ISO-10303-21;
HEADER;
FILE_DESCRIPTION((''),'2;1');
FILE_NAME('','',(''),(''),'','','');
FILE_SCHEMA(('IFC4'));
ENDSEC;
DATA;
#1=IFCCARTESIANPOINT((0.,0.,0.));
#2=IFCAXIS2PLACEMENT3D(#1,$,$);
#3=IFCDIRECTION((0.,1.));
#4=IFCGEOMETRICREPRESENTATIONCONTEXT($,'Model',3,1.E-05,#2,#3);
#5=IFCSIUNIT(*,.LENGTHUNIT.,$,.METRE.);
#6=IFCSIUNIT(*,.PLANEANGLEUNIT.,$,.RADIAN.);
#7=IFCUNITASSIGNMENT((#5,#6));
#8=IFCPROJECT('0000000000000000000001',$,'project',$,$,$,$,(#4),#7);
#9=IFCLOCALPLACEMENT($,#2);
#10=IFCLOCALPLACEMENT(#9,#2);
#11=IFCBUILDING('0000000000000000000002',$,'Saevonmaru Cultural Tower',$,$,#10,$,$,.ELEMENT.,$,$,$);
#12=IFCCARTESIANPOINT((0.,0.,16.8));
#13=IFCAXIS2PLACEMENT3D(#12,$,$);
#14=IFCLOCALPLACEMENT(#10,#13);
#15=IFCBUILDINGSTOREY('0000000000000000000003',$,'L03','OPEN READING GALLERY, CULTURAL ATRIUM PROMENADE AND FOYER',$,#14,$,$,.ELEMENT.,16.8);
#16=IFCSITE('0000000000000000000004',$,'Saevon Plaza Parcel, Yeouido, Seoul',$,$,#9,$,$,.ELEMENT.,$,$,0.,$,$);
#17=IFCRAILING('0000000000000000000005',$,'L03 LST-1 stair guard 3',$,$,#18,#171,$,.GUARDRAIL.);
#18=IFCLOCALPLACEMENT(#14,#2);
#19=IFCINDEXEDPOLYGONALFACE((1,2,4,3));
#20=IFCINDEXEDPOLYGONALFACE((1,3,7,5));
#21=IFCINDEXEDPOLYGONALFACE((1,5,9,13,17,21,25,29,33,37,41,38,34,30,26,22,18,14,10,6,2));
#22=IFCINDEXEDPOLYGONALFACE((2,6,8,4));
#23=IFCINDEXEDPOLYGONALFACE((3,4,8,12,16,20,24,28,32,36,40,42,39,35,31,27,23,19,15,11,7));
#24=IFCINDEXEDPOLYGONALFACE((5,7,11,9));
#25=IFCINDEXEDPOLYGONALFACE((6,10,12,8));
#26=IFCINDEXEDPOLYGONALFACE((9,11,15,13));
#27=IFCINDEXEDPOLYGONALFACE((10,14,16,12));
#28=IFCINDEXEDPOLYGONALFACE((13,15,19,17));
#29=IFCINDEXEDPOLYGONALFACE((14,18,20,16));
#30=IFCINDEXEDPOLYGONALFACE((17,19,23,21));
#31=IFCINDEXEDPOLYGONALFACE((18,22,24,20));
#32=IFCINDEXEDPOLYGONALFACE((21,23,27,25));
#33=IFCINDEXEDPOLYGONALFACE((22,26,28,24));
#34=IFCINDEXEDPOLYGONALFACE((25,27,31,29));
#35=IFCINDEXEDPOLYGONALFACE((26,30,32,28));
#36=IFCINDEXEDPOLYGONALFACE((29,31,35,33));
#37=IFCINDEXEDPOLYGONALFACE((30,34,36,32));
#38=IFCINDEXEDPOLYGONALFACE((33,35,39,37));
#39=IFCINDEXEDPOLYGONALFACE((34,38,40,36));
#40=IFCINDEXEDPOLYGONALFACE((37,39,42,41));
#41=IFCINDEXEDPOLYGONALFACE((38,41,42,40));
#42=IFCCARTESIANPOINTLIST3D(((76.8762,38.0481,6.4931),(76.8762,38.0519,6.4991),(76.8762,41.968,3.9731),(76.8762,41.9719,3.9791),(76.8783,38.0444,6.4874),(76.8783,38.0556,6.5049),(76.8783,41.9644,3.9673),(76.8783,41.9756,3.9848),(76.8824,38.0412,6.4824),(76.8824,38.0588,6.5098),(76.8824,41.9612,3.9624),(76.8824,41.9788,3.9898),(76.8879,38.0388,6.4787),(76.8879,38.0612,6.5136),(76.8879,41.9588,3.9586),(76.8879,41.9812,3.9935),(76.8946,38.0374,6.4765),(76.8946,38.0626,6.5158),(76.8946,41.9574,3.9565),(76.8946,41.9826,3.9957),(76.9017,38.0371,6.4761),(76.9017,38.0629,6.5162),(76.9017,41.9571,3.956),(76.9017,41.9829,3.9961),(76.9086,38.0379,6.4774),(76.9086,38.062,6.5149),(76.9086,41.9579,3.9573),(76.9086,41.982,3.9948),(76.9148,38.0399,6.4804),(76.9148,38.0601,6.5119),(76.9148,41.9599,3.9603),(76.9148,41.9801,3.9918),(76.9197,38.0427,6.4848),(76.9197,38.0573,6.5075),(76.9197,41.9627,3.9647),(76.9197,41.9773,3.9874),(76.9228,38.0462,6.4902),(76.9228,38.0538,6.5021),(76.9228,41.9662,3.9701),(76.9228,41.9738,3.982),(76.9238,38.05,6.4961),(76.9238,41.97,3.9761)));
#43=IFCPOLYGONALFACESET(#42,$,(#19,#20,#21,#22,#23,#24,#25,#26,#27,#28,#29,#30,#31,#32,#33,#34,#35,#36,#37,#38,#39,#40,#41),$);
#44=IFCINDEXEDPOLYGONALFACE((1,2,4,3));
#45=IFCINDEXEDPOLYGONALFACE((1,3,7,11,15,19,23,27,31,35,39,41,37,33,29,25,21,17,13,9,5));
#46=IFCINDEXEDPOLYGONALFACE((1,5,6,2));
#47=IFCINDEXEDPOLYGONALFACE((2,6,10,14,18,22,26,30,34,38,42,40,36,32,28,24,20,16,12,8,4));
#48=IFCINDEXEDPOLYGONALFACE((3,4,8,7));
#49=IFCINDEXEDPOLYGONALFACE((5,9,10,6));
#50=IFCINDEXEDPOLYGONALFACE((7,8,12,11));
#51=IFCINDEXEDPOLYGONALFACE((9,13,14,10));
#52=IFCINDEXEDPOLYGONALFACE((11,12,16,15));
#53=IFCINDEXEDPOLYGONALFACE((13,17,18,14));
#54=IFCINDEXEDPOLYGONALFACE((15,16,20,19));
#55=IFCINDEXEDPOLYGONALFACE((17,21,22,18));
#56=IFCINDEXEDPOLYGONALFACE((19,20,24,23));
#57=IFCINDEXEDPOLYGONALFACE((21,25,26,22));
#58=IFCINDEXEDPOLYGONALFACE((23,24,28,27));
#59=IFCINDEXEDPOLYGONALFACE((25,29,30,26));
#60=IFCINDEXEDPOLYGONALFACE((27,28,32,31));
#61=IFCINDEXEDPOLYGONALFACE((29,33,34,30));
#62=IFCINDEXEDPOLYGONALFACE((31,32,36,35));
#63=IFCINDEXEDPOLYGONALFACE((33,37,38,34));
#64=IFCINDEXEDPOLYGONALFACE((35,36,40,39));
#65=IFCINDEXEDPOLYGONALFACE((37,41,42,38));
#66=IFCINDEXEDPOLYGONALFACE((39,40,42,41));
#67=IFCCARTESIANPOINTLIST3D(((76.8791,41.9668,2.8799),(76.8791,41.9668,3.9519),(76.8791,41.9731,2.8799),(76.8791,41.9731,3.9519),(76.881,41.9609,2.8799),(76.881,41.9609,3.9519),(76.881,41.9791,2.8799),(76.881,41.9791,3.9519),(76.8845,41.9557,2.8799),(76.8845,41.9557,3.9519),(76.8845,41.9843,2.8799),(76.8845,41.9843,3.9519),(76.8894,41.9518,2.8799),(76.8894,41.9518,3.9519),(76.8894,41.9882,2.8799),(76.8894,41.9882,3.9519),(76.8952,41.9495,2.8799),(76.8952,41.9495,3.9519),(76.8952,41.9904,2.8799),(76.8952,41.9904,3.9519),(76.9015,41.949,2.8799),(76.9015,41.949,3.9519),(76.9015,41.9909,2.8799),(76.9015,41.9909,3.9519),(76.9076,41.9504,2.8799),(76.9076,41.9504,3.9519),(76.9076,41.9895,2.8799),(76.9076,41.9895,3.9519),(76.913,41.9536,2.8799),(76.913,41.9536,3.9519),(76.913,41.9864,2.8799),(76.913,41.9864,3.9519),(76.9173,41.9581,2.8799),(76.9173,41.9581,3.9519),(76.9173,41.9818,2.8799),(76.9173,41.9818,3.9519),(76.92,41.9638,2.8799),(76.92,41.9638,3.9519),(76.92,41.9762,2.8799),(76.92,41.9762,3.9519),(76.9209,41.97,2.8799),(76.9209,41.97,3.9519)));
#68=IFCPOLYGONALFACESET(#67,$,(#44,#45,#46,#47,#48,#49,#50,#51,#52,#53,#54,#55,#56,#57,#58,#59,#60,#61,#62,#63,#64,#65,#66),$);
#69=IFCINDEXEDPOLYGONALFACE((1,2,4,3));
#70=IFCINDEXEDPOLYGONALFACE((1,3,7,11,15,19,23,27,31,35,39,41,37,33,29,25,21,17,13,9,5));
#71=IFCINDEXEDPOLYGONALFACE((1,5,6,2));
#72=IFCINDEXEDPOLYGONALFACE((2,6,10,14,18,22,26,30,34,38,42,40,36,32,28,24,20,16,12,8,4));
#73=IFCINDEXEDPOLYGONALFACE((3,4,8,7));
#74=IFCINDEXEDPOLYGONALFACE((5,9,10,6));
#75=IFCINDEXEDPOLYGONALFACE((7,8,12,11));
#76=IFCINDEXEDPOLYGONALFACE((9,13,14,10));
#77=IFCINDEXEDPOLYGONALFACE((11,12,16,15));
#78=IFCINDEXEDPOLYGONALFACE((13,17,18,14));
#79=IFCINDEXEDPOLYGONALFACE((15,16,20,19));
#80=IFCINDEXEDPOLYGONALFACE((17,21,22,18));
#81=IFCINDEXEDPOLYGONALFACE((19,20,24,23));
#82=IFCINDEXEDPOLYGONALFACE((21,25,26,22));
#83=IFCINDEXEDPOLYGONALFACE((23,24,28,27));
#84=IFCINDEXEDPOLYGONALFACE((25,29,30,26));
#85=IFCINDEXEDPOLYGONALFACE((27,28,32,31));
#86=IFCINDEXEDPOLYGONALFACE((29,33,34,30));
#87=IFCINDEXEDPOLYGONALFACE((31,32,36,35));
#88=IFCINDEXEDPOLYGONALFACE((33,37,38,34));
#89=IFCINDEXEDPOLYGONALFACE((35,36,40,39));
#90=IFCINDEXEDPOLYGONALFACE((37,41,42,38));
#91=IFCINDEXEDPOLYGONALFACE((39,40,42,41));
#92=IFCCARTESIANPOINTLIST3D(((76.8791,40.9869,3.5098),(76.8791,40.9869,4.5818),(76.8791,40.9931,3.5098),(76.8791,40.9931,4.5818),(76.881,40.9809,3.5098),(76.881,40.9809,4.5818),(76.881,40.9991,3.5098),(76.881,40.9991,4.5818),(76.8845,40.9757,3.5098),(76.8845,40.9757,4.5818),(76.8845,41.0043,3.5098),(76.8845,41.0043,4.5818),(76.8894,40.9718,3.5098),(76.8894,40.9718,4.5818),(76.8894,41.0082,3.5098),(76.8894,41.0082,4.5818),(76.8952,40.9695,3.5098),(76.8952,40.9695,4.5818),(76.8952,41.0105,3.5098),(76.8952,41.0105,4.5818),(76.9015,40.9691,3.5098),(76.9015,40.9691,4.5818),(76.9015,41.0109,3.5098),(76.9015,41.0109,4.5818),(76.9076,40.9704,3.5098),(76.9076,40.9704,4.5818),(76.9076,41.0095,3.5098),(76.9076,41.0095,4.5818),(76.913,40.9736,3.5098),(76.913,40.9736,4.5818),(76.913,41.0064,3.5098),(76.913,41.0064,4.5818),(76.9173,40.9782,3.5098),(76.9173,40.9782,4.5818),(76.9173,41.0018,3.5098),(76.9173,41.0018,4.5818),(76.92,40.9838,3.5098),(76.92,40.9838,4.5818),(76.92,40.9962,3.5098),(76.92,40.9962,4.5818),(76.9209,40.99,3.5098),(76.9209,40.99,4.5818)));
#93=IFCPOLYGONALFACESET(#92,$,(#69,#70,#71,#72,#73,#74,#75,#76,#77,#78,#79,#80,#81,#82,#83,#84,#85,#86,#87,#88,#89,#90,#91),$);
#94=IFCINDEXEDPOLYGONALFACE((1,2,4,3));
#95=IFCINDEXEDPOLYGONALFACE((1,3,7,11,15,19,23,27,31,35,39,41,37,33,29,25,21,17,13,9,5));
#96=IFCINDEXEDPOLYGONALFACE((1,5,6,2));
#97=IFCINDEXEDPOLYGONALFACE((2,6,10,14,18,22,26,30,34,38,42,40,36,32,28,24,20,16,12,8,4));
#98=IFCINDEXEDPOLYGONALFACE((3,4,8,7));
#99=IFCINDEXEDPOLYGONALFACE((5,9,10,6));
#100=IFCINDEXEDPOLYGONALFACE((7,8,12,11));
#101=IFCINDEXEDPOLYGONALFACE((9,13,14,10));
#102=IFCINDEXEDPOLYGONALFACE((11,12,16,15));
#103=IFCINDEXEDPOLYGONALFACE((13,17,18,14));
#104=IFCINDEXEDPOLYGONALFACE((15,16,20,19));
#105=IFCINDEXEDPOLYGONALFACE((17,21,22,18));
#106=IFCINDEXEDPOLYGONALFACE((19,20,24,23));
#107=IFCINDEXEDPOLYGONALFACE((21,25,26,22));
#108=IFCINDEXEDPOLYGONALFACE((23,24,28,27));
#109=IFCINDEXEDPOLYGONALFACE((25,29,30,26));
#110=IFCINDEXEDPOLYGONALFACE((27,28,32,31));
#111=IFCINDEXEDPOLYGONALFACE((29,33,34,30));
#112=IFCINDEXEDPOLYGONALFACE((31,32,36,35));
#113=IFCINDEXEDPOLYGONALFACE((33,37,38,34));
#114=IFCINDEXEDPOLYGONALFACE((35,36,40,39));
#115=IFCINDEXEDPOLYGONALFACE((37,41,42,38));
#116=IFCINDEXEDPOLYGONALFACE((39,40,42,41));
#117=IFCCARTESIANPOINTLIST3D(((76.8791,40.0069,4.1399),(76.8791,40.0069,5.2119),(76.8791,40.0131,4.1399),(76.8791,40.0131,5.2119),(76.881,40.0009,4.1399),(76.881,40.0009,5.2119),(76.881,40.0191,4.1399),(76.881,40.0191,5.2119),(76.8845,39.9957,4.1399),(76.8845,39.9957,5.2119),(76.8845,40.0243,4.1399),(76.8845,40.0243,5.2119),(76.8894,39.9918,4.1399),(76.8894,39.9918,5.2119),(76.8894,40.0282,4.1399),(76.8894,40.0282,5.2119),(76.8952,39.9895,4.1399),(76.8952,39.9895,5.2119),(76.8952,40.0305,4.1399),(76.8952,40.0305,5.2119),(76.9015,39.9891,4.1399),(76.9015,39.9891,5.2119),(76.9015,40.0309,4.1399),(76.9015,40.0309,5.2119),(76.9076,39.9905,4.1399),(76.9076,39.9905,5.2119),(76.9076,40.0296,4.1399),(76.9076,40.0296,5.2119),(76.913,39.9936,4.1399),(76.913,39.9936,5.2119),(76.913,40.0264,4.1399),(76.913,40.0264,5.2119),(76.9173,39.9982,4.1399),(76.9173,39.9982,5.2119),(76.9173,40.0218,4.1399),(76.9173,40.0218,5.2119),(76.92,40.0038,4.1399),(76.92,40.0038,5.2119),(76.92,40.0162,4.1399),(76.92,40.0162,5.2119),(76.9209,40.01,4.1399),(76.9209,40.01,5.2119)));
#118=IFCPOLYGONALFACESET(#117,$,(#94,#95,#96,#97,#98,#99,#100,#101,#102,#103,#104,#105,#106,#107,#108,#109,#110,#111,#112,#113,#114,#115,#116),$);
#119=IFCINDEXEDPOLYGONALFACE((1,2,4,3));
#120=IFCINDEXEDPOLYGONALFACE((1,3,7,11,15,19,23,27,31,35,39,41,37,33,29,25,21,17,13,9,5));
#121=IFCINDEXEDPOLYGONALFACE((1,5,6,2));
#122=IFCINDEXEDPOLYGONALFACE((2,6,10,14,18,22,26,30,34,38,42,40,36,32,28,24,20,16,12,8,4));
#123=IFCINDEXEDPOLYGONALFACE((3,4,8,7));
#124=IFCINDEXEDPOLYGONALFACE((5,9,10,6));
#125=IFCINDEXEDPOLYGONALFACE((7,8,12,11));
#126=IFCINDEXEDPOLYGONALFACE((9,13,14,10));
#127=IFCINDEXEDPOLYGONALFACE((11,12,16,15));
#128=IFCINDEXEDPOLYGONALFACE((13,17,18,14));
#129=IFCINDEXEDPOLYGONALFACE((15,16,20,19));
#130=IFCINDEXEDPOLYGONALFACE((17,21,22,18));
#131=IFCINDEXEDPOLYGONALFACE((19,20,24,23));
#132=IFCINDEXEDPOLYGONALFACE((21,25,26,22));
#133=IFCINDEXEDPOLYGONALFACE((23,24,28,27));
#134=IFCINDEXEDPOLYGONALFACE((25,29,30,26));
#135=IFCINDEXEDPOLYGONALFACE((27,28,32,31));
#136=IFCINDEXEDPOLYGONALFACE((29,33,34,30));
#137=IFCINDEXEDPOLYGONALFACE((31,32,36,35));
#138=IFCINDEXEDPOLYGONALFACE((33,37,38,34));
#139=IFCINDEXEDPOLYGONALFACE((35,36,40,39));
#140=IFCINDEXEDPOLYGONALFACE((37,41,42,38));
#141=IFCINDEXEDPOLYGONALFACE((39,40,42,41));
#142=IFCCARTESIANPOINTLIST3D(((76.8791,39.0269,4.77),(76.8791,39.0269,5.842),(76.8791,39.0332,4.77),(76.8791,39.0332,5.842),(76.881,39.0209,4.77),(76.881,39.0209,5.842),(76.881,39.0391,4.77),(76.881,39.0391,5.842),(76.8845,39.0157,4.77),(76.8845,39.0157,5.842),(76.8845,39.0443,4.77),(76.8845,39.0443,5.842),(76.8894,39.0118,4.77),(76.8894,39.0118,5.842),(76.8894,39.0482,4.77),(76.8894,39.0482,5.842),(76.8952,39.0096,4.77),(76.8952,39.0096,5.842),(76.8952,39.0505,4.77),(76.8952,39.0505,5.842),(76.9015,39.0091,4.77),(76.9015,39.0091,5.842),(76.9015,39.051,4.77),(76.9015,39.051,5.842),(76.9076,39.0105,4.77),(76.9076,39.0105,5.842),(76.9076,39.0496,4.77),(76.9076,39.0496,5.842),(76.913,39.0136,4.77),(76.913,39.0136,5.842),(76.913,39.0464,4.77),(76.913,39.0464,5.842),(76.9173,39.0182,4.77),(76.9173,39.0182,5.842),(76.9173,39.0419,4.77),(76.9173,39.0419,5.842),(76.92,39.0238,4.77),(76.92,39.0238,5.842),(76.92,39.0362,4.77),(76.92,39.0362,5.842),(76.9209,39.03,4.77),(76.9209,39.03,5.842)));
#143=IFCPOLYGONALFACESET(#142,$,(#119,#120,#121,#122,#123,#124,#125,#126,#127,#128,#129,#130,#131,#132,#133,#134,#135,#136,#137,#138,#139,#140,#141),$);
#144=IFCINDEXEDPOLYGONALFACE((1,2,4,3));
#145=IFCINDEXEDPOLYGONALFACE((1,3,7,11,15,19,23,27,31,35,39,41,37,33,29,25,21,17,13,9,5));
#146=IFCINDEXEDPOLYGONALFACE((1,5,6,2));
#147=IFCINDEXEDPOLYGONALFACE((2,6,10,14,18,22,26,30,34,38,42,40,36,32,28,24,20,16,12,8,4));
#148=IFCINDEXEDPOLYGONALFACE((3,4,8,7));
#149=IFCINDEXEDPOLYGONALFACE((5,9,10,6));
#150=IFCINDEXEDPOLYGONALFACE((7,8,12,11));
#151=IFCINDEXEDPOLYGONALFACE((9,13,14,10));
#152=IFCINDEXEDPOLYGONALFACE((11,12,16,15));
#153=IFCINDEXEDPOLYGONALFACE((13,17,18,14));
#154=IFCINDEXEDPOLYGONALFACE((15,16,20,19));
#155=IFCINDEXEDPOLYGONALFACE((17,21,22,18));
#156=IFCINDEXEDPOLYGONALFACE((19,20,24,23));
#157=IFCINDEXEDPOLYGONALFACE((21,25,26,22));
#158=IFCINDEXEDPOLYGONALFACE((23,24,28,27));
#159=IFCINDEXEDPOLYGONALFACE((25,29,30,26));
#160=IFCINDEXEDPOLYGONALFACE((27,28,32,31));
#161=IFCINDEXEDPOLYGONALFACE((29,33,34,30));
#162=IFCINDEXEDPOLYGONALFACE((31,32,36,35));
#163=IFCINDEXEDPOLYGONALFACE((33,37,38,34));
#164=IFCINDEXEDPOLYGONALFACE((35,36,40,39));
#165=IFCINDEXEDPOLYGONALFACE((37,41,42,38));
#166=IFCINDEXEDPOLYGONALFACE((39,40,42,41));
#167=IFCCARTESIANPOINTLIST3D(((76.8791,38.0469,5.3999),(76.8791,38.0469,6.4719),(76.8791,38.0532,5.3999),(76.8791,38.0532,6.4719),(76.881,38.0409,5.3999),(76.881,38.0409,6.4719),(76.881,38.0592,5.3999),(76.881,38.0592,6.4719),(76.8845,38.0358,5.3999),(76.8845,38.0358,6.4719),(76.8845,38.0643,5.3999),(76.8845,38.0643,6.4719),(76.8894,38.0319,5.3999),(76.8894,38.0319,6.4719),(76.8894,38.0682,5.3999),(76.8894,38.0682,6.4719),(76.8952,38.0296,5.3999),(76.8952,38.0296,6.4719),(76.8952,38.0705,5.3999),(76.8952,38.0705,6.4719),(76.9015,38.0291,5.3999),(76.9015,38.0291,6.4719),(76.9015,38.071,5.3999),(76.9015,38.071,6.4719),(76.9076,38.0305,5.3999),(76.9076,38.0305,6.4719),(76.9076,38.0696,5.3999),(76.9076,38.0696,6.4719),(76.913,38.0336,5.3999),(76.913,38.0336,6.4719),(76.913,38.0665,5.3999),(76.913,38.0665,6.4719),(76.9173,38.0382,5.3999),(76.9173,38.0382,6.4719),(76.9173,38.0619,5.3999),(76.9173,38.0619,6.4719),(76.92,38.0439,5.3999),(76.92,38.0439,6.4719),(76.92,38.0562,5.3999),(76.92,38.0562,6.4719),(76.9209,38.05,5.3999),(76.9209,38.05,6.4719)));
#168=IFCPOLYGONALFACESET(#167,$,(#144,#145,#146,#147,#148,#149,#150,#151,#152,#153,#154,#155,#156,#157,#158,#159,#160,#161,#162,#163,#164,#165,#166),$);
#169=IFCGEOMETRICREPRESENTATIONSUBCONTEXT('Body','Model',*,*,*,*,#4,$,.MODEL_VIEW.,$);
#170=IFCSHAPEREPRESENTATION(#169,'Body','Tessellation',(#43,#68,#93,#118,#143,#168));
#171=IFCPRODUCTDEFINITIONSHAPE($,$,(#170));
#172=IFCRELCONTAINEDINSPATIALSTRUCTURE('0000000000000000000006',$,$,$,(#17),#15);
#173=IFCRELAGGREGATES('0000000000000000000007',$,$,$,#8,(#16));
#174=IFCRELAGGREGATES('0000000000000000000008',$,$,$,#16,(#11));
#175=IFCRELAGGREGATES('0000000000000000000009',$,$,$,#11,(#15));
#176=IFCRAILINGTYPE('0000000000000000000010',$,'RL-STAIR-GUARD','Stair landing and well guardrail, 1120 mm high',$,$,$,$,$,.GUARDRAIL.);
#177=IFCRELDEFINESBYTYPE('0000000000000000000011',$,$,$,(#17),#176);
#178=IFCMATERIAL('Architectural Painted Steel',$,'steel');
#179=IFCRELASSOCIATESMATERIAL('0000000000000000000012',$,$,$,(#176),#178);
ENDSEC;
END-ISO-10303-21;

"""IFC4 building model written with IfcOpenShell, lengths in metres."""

from ifc_helpers import new_model, si_unit, direction, frame, origin, origin_2d, place, context, subcontext, project, spatial, circle, extrude, material, type_object, element, save


model = new_model("IFC4")

# Units and contexts
model_context = context("Model", 3, precision=1e-05, world=origin(), true_north=direction((0.0, 1.0)))
body_context = subcontext(model_context, "Body", "Model", "MODEL_VIEW")
ifc_project = project(units=[si_unit("LENGTHUNIT", "METRE"), si_unit("PLANEANGLEUNIT", "RADIAN")], contexts=[model_context])

# Site, building, storey
site_placement = place(None, origin())
site = spatial("IfcSite", under=ifc_project, at=site_placement, Name="Saevon Plaza Parcel, Yeouido, Seoul", CompositionType="ELEMENT", RefElevation=0.0)
building_placement = place(site_placement, origin())
building = spatial("IfcBuilding", under=site, at=building_placement, Name="Saevonmaru Cultural Tower", CompositionType="ELEMENT")
storey_placement = place(building_placement, frame((0.0, 0.0, 16.8)))
storey = spatial("IfcBuildingStorey", under=building, at=storey_placement, Name="L03", Description="OPEN READING GALLERY, CULTURAL ATRIUM PROMENADE AND FOYER", CompositionType="ELEMENT", Elevation=16.8)

# Railing
ifc_material_1 = material(Name="Architectural Painted Steel", Category="steel")
railing_type_1 = type_object("IfcRailingType", Name="RL-STAIR-GUARD", Description="Stair landing and well guardrail, 1120 mm high", PredefinedType="GUARDRAIL", material=ifc_material_1)
railing_1_placement = place(storey_placement, frame((76.8999, 41.97, 2.8799)))
element("IfcRailing", 1, at=railing_1_placement, inside=storey, type_object=railing_type_1, Name="L03 LST-1 stair guard 3", PredefinedType="GUARDRAIL", context=body_context, shape_type="SweptSolid", body=[
    extrude(circle(Radius=0.0239, at=origin_2d()), frame((0.0, 0.0, 1.0962), z_axis=(0.0, -0.841172, 0.540768), x_axis=(1.0, 0.0, 0.0)), (0.0, 0.0, 1.0), 4.6602),
    extrude(circle(Radius=0.021, at=origin_2d()), origin(), (0.0, 0.0, 1.0), 1.072),
    extrude(circle(Radius=0.021, at=origin_2d()), frame((0.0, -0.98, 0.6299)), (0.0, 0.0, 1.0), 1.072),
    extrude(circle(Radius=0.021, at=origin_2d()), frame((0.0, -1.96, 1.26)), (0.0, 0.0, 1.0), 1.072),
    extrude(circle(Radius=0.021, at=origin_2d()), frame((0.0, -2.9399, 1.8901)), (0.0, 0.0, 1.0), 1.072),
    extrude(circle(Radius=0.021, at=origin_2d()), frame((0.0, -3.9199, 2.52)), (0.0, 0.0, 1.0), 1.072),
])

save(model, "model.ifc")
